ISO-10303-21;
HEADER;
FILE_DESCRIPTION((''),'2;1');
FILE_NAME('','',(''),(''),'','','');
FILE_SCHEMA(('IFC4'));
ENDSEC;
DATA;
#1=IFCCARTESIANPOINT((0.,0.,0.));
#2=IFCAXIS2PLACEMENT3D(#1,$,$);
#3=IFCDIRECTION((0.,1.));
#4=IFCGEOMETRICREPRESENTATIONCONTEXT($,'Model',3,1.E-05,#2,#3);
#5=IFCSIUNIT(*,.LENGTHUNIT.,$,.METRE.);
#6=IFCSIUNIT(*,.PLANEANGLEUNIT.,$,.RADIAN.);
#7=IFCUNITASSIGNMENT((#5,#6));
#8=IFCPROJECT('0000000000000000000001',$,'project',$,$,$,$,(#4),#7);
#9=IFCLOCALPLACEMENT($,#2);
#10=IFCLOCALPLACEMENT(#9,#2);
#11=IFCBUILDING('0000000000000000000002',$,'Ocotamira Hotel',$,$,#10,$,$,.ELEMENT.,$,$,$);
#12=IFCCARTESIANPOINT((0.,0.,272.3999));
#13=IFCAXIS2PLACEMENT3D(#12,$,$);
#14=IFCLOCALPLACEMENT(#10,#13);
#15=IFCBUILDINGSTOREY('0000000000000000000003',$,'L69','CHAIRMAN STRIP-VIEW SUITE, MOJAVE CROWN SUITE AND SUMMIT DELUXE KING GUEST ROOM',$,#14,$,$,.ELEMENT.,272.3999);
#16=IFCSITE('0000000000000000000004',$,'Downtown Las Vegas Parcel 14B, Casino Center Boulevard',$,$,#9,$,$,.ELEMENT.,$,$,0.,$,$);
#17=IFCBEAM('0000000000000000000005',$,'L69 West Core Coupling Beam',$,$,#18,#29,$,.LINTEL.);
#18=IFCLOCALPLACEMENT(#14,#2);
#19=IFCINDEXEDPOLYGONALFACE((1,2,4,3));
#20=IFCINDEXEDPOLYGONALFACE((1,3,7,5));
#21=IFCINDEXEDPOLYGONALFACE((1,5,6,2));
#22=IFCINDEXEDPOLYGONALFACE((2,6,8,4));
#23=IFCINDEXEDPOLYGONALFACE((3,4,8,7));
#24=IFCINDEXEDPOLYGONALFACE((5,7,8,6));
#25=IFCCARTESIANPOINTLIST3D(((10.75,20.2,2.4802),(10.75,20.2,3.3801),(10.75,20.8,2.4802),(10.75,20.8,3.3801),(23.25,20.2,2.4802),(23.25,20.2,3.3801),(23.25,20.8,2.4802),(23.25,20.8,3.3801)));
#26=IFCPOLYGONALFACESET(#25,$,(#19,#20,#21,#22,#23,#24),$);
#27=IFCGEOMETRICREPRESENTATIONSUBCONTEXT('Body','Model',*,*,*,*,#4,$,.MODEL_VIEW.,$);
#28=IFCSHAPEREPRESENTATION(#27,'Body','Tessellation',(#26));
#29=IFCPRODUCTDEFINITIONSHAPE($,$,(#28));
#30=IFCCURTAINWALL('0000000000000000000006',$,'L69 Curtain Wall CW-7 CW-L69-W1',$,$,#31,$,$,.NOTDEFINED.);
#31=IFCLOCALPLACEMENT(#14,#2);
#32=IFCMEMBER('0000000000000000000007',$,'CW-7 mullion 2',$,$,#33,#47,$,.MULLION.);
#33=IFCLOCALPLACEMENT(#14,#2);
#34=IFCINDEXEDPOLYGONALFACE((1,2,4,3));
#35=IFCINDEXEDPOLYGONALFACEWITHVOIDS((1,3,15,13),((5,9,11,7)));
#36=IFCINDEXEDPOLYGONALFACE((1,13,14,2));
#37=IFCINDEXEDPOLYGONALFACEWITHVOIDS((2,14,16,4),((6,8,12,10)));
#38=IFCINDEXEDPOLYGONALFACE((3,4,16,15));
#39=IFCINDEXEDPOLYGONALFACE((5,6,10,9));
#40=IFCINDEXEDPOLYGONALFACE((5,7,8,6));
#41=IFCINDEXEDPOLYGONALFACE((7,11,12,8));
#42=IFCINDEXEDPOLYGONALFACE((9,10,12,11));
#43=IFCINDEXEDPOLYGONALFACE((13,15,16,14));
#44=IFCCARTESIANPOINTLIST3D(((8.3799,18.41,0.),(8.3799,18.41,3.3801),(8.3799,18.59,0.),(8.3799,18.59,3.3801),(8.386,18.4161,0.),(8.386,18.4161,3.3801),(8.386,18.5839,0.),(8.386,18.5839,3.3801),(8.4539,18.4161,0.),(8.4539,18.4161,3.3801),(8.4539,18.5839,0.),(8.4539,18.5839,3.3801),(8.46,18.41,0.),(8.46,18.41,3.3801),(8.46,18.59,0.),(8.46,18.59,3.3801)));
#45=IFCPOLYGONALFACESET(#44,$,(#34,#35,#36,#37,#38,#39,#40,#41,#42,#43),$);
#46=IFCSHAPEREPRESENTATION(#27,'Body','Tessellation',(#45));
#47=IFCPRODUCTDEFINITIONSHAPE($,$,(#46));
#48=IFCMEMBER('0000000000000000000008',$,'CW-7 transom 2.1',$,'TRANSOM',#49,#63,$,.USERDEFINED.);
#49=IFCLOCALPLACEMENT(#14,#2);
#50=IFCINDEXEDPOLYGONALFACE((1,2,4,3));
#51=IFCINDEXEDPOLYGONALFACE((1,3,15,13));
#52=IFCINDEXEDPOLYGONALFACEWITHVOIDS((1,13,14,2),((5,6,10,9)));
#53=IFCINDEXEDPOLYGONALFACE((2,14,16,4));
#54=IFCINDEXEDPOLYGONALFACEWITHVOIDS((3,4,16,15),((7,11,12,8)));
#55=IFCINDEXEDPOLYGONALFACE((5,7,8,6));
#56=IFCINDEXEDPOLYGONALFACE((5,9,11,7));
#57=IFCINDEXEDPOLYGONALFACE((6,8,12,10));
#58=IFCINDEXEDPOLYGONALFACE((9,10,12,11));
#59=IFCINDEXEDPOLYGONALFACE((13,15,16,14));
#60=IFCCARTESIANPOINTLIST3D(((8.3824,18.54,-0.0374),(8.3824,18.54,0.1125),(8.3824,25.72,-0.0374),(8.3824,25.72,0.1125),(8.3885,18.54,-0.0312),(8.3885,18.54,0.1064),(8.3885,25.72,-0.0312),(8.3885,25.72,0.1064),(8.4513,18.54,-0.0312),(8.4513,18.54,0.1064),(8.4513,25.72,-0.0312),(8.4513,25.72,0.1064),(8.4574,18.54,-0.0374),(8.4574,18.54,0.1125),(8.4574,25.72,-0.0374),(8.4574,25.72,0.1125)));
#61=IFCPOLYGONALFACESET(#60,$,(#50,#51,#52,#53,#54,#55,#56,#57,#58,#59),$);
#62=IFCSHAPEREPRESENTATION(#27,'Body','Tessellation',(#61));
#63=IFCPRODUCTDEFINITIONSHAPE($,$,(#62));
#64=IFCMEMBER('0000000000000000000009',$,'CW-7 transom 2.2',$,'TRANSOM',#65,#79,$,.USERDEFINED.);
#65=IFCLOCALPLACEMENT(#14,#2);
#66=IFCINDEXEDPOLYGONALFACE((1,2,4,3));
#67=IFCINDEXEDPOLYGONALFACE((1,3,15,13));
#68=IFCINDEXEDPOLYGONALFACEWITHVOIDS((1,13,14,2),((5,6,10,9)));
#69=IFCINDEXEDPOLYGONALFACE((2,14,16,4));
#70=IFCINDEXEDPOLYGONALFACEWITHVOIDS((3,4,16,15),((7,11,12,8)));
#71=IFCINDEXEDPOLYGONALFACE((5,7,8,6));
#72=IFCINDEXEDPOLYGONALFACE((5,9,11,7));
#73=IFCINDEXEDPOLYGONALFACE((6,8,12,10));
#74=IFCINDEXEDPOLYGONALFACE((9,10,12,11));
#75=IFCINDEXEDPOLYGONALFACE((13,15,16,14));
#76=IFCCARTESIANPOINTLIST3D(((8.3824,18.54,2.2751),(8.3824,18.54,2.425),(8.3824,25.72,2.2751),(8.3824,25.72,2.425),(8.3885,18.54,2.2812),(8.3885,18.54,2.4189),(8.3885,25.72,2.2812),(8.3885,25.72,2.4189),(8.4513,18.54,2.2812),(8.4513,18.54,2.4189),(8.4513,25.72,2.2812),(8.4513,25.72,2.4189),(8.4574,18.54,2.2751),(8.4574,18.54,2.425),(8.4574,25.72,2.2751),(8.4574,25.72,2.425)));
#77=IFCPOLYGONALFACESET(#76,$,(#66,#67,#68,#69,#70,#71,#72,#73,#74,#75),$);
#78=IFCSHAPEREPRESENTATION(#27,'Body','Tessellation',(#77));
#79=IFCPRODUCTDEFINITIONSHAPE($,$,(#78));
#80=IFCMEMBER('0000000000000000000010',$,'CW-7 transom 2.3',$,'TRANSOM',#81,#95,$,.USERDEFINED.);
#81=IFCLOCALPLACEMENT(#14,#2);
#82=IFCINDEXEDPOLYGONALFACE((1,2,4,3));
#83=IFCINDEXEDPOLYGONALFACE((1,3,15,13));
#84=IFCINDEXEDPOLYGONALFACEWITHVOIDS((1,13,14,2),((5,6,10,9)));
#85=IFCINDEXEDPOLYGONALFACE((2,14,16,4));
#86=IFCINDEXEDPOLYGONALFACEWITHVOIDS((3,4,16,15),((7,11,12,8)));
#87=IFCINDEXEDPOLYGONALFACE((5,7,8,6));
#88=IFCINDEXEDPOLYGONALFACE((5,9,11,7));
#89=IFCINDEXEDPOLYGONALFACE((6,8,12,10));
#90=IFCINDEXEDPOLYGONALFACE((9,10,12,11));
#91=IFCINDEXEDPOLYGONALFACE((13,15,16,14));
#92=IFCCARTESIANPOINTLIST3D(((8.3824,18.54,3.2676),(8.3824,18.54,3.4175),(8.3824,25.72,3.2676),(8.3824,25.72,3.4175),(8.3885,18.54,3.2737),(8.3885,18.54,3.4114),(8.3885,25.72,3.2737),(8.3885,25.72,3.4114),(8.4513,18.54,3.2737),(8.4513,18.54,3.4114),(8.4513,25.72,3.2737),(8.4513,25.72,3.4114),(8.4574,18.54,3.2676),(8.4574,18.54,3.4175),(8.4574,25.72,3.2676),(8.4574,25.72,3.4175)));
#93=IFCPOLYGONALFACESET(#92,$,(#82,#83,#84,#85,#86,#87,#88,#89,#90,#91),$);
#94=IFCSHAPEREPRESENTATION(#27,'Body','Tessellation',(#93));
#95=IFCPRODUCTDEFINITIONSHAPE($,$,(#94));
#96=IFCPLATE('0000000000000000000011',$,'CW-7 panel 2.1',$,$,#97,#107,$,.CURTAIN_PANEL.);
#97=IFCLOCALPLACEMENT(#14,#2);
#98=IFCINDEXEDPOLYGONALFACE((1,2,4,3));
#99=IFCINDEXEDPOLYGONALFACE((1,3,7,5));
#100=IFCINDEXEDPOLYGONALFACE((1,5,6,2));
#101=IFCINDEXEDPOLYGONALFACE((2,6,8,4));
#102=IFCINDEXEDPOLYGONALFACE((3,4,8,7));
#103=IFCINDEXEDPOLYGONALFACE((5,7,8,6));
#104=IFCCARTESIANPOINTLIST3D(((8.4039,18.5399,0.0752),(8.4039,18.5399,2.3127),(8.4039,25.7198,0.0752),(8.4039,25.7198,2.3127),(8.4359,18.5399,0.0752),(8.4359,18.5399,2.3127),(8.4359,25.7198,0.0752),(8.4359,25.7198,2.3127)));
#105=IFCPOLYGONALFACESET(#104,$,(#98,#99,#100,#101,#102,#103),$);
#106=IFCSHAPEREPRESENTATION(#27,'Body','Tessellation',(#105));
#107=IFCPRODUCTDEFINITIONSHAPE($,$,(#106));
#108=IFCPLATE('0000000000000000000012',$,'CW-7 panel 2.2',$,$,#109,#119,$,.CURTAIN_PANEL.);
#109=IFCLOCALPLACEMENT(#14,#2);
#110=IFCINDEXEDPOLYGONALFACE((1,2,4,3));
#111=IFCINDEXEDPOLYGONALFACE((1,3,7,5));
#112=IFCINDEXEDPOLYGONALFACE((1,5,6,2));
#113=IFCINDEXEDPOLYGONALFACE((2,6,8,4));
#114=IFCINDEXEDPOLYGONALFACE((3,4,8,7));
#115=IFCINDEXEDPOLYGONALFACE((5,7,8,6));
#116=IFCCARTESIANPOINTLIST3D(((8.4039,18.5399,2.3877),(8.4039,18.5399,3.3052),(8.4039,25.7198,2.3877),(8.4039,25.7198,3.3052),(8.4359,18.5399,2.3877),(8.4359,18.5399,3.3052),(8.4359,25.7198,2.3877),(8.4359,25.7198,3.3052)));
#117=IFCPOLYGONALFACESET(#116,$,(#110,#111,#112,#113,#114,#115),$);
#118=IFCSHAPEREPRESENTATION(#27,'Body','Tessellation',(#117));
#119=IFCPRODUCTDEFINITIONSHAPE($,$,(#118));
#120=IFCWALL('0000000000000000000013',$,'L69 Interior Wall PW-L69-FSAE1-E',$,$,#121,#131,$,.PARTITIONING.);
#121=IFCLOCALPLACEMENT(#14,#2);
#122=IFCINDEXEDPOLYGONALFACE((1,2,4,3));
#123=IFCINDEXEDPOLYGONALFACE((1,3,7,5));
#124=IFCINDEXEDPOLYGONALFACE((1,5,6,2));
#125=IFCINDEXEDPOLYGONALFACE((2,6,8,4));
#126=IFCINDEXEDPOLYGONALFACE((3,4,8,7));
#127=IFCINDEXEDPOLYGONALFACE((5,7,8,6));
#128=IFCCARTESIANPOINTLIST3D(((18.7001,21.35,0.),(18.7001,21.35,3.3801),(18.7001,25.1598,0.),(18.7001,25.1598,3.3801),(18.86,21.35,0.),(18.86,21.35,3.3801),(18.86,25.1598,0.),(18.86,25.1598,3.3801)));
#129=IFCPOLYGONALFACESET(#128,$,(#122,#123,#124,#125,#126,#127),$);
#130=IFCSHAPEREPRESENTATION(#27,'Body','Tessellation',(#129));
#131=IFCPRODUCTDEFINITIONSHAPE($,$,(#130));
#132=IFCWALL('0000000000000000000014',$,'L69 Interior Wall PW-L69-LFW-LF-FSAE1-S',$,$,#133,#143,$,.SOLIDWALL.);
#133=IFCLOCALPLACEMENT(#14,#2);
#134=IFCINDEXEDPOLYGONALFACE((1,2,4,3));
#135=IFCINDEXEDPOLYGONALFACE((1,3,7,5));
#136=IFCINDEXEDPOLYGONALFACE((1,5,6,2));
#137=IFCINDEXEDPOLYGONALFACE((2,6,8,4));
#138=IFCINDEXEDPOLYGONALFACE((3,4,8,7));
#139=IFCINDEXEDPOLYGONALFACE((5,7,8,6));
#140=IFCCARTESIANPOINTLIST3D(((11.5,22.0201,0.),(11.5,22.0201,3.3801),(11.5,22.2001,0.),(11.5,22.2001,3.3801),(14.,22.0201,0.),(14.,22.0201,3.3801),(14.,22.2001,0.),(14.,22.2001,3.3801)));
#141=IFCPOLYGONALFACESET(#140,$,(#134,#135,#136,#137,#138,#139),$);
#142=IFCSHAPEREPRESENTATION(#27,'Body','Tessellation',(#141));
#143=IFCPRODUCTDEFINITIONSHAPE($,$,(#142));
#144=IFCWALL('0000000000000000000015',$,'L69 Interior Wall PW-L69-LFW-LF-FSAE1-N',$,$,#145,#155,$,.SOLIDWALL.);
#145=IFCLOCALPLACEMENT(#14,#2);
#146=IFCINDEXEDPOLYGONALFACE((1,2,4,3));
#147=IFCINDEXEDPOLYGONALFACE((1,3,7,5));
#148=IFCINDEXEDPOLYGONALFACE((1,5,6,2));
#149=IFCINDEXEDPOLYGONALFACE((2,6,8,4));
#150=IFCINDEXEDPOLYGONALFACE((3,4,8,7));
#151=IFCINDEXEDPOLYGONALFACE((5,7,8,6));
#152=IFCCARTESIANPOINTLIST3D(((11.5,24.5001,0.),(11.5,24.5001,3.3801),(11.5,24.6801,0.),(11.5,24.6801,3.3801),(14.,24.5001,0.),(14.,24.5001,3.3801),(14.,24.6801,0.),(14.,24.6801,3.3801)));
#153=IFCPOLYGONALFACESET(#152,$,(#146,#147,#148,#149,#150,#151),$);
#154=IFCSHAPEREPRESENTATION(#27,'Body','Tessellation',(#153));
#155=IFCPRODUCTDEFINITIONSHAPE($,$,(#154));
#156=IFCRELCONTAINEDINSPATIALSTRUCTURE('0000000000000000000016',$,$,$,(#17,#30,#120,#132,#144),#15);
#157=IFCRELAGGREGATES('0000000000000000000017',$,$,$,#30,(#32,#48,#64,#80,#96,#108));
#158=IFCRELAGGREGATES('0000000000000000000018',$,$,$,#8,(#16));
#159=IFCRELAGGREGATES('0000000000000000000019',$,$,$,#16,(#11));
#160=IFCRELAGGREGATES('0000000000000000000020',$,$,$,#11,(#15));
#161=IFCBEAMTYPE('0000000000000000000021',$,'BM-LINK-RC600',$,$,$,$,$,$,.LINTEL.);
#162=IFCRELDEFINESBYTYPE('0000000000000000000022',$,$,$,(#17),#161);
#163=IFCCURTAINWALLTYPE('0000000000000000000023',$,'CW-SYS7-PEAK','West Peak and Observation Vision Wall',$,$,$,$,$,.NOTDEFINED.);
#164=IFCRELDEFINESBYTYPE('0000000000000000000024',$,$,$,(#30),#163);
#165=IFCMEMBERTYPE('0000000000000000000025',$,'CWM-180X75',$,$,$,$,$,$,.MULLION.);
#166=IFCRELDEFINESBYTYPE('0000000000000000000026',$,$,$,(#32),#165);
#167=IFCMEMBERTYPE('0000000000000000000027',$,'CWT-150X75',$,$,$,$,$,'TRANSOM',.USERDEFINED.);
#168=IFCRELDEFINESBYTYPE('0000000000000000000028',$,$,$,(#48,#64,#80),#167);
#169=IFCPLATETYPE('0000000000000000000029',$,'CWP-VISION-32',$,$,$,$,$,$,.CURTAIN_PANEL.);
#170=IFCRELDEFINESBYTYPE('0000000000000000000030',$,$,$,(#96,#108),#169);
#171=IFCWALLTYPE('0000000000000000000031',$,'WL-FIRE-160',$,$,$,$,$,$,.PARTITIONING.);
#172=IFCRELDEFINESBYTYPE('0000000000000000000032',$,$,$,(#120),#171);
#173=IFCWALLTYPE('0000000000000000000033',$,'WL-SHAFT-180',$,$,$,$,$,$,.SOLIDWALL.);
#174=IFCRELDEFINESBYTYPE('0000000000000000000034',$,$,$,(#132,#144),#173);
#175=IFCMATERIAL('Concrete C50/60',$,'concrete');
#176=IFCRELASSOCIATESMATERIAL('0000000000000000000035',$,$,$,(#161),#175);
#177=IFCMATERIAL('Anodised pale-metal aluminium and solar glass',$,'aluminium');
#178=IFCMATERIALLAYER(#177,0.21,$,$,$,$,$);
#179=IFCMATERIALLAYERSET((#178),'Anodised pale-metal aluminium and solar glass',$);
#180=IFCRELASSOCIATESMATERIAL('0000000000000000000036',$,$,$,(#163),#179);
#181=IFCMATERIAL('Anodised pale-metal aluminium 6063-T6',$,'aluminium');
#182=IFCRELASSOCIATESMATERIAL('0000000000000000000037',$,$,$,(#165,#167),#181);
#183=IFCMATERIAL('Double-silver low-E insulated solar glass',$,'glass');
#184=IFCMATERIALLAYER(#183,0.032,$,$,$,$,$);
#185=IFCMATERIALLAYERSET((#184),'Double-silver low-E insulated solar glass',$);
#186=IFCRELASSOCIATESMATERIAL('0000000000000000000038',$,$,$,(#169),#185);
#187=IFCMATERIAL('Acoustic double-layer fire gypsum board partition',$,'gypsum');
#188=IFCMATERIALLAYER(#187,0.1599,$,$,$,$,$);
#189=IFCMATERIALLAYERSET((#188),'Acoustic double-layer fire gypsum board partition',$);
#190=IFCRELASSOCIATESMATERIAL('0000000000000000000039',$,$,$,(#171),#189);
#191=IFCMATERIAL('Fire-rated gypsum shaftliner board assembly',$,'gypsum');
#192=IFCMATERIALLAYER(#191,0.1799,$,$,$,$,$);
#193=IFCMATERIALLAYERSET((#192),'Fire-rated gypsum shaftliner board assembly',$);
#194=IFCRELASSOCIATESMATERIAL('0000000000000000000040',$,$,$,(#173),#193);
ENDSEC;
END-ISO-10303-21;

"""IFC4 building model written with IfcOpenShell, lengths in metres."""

from ifc_helpers import new_model, si_unit, direction, frame, frame_2d, origin, origin_2d, place, context, subcontext, project, spatial, rectangle, hollow_rectangle, extrude, source, transform, mapped, material, layer, layer_set, material_profile, profile_set, type_object, element, aggregate, save


model = new_model("IFC4")

# Units and contexts
model_context = context("Model", 3, precision=1e-05, world=origin(), true_north=direction((0.0, 1.0)))
body_context = subcontext(model_context, "Body", "Model", "MODEL_VIEW")
ifc_project = project(units=[si_unit("LENGTHUNIT", "METRE"), si_unit("PLANEANGLEUNIT", "RADIAN")], contexts=[model_context])

# Site, building, storey
site_placement = place(None, origin())
site = spatial("IfcSite", under=ifc_project, at=site_placement, Name="Downtown Las Vegas Parcel 14B, Casino Center Boulevard", CompositionType="ELEMENT", RefElevation=0.0)
building_placement = place(site_placement, origin())
building = spatial("IfcBuilding", under=site, at=building_placement, Name="Ocotamira Hotel", CompositionType="ELEMENT")
storey_placement = place(building_placement, frame((0.0, 0.0, 272.3999)))
storey = spatial("IfcBuildingStorey", under=building, at=storey_placement, Name="L69", Description="CHAIRMAN STRIP-VIEW SUITE, MOJAVE CROWN SUITE AND SUMMIT DELUXE KING GUEST ROOM", CompositionType="ELEMENT", Elevation=272.3999)

# Beam
ifc_material_1 = material(Name="Concrete C50/60", Category="concrete")
ifc_material_profile_1 = material_profile(ifc_material_1, rectangle(XDim=0.6001, YDim=0.8999, at=origin_2d()), Name="RC600X900")
ifc_profile_set_1 = profile_set([ifc_material_profile_1], Name="Concrete C50/60")
beam_type = type_object("IfcBeamType", Name="BM-LINK-RC600", PredefinedType="LINTEL", material=ifc_profile_set_1)
shared_shape_1 = source(origin(), body_context, "Body", "SweptSolid", [
    extrude(rectangle(XDim=0.6001, YDim=0.8999, at=origin_2d()), origin(), (0.0, 0.0, 1.0), 12.5),
])
beam_placement = place(storey_placement, frame((10.75, 20.5, 2.9302), z_axis=(1.0, 0.0, 0.0), x_axis=(0.0, 1.0, 0.0)))
element("IfcBeam", 1, at=beam_placement, inside=storey, type_object=beam_type, Name="L69 West Core Coupling Beam", PredefinedType="LINTEL", context=body_context, shape_type="MappedRepresentation", body=[
    mapped(shared_shape_1, transform((0.0, 0.0, 0.0), scale=1.0)),
])

# Curtain wall, members, plates
ifc_material_2 = material(Name="Anodised pale-metal aluminium and solar glass", Category="aluminium")
ifc_layer_1 = layer(ifc_material_2, 0.21)
ifc_layer_set_1 = layer_set([ifc_layer_1], Name="Anodised pale-metal aluminium and solar glass")
curtain_wall_type = type_object("IfcCurtainWallType", Name="CW-SYS7-PEAK", Description="West Peak and Observation Vision Wall", PredefinedType="NOTDEFINED", material=ifc_layer_set_1)
curtain_wall_placement = place(storey_placement, origin())
curtain_wall = element("IfcCurtainWall", 2, at=curtain_wall_placement, inside=storey, type_object=curtain_wall_type, Name="L69 Curtain Wall CW-7 CW-L69-W1", PredefinedType="NOTDEFINED")
ifc_material_3 = material(Name="Anodised pale-metal aluminium 6063-T6", Category="aluminium")
ifc_material_profile_2 = material_profile(ifc_material_3, hollow_rectangle(XDim=0.0801, YDim=0.1799, WallThickness=0.0061, at=origin_2d()), Name="HSS180X80X6")
ifc_profile_set_2 = profile_set([ifc_material_profile_2], Name="Anodised pale-metal aluminium 6063-T6")
member_type_1 = type_object("IfcMemberType", Name="CWM-180X75", PredefinedType="MULLION", material=ifc_profile_set_2)
shared_shape_2 = source(origin(), body_context, "Body", "SweptSolid", [
    extrude(hollow_rectangle(XDim=0.0801, YDim=0.1799, WallThickness=0.0061, at=origin_2d()), origin(), (0.0, 0.0, 1.0), 3.3801),
])
member_1_placement = place(storey_placement, frame((8.4199, 18.5, 0.0), z_axis=(0.0, 0.0, 1.0), x_axis=(-1.0, 0.0, 0.0)))
member_1 = element("IfcMember", 3, at=member_1_placement, type_object=member_type_1, Name="CW-7 mullion 2", PredefinedType="MULLION", context=body_context, shape_type="MappedRepresentation", body=[
    mapped(shared_shape_2, transform((0.0, 0.0, 0.0), scale=1.0)),
])
ifc_material_profile_3 = material_profile(ifc_material_3, hollow_rectangle(XDim=0.075, YDim=0.1499, WallThickness=0.0061, at=origin_2d()), Name="HSS150X75X6")
ifc_profile_set_3 = profile_set([ifc_material_profile_3], Name="Anodised pale-metal aluminium 6063-T6")
member_type_2 = type_object("IfcMemberType", Name="CWT-150X75", ElementType="TRANSOM", PredefinedType="USERDEFINED", material=ifc_profile_set_3)
shared_shape_3 = source(origin(), body_context, "Body", "SweptSolid", [
    extrude(hollow_rectangle(XDim=0.075, YDim=0.1499, WallThickness=0.0061, at=origin_2d()), origin(), (0.0, 0.0, 1.0), 7.1799),
])
member_2_placement = place(storey_placement, frame((8.4199, 18.54, 0.0376), z_axis=(0.0, 1.0, 0.0), x_axis=(-1.0, 0.0, 0.0)))
member_2 = element("IfcMember", 4, at=member_2_placement, type_object=member_type_2, Name="CW-7 transom 2.1", ObjectType="TRANSOM", PredefinedType="USERDEFINED", context=body_context, shape_type="MappedRepresentation", body=[
    mapped(shared_shape_3, transform((0.0, 0.0, 0.0), scale=1.0)),
])
member_3_placement = place(storey_placement, frame((8.4199, 18.54, 2.3501), z_axis=(0.0, 1.0, 0.0), x_axis=(-1.0, 0.0, 0.0)))
member_3 = element("IfcMember", 5, at=member_3_placement, type_object=member_type_2, Name="CW-7 transom 2.2", ObjectType="TRANSOM", PredefinedType="USERDEFINED", context=body_context, shape_type="MappedRepresentation", body=[
    mapped(shared_shape_3, transform((0.0, 0.0, 0.0), scale=1.0)),
])
member_4_placement = place(storey_placement, frame((8.4199, 18.54, 3.3425), z_axis=(0.0, 1.0, 0.0), x_axis=(-1.0, 0.0, 0.0)))
member_4 = element("IfcMember", 6, at=member_4_placement, type_object=member_type_2, Name="CW-7 transom 2.3", ObjectType="TRANSOM", PredefinedType="USERDEFINED", context=body_context, shape_type="MappedRepresentation", body=[
    mapped(shared_shape_3, transform((0.0, 0.0, 0.0), scale=1.0)),
])
ifc_material_4 = material(Name="Double-silver low-E insulated solar glass", Category="glass")
ifc_layer_2 = layer(ifc_material_4, 0.032)
ifc_layer_set_2 = layer_set([ifc_layer_2], Name="Double-silver low-E insulated solar glass")
plate_type = type_object("IfcPlateType", Name="CWP-VISION-32", PredefinedType="CURTAIN_PANEL", material=ifc_layer_set_2)
shared_shape_4 = source(origin(), body_context, "Body", "SweptSolid", [
    extrude(rectangle(XDim=7.1799, YDim=0.032, at=origin_2d()), origin(), (0.0, 0.0, 1.0), 2.2375),
])
plate_1_placement = place(storey_placement, frame((8.4199, 22.1299, 0.0752), z_axis=(0.0, 0.0, 1.0), x_axis=(0.0, 1.0, 0.0)))
plate_1 = element("IfcPlate", 7, at=plate_1_placement, type_object=plate_type, Name="CW-7 panel 2.1", PredefinedType="CURTAIN_PANEL", context=body_context, shape_type="MappedRepresentation", body=[
    mapped(shared_shape_4, transform((0.0, 0.0, 0.0), scale=1.0)),
])
shared_shape_5 = source(origin(), body_context, "Body", "SweptSolid", [
    extrude(rectangle(XDim=7.1799, YDim=0.032, at=origin_2d()), origin(), (0.0, 0.0, 1.0), 0.9175),
])
plate_2_placement = place(storey_placement, frame((8.4199, 22.1299, 2.3877), z_axis=(0.0, 0.0, 1.0), x_axis=(0.0, 1.0, 0.0)))
plate_2 = element("IfcPlate", 8, at=plate_2_placement, type_object=plate_type, Name="CW-7 panel 2.2", PredefinedType="CURTAIN_PANEL", context=body_context, shape_type="MappedRepresentation", body=[
    mapped(shared_shape_5, transform((0.0, 0.0, 0.0), scale=1.0)),
])
aggregate(curtain_wall, [member_1, member_2, member_3, member_4, plate_1, plate_2])

# Shared definitions
ifc_material_5 = material(Name="Acoustic double-layer fire gypsum board partition", Category="gypsum")
ifc_layer_3 = layer(ifc_material_5, 0.1599)
ifc_layer_set_3 = layer_set([ifc_layer_3], Name="Acoustic double-layer fire gypsum board partition")
wall_type_1 = type_object("IfcWallType", Name="WL-FIRE-160", PredefinedType="PARTITIONING", material=ifc_layer_set_3)

# Walls
wall_1_placement = place(storey_placement, frame((18.78, 21.3501, 0.0), z_axis=(0.0, 0.0, 1.0), x_axis=(0.0, 1.0, 0.0)))
element("IfcWall", 9, at=wall_1_placement, inside=storey, type_object=wall_type_1, Name="L69 Interior Wall PW-L69-FSAE1-E", PredefinedType="PARTITIONING", context=body_context, shape_type="SweptSolid", body=[
    extrude(rectangle(XDim=3.8098, YDim=0.1599, at=frame_2d((1.9048, 0.0))), origin(), (0.0, 0.0, 1.0), 3.3801),
])
ifc_material_6 = material(Name="Fire-rated gypsum shaftliner board assembly", Category="gypsum")
ifc_layer_4 = layer(ifc_material_6, 0.1799)
ifc_layer_set_4 = layer_set([ifc_layer_4], Name="Fire-rated gypsum shaftliner board assembly")
wall_type_2 = type_object("IfcWallType", Name="WL-SHAFT-180", PredefinedType="SOLIDWALL", material=ifc_layer_set_4)
for number, where, z_axis, x_axis, name in (
    (10, (11.5, 22.1101, 0.0), (0.0, 0.0, 1.0), (1.0, 0.0, 0.0), "L69 Interior Wall PW-L69-LFW-LF-FSAE1-S"),
    (11, (11.5, 24.5901, 0.0), (0.0, 0.0, 1.0), (1.0, 0.0, 0.0), "L69 Interior Wall PW-L69-LFW-LF-FSAE1-N"),
):
    element("IfcWall", number, at=place(storey_placement, frame(where, z_axis=z_axis, x_axis=x_axis)), inside=storey, type_object=wall_type_2, Name=name, PredefinedType="SOLIDWALL", context=body_context, shape_type="SweptSolid", body=[
        extrude(rectangle(XDim=2.5, YDim=0.1799, at=frame_2d((1.25, 0.0))), origin(), (0.0, 0.0, 1.0), 3.3801),
    ])

save(model, "model.ifc")
